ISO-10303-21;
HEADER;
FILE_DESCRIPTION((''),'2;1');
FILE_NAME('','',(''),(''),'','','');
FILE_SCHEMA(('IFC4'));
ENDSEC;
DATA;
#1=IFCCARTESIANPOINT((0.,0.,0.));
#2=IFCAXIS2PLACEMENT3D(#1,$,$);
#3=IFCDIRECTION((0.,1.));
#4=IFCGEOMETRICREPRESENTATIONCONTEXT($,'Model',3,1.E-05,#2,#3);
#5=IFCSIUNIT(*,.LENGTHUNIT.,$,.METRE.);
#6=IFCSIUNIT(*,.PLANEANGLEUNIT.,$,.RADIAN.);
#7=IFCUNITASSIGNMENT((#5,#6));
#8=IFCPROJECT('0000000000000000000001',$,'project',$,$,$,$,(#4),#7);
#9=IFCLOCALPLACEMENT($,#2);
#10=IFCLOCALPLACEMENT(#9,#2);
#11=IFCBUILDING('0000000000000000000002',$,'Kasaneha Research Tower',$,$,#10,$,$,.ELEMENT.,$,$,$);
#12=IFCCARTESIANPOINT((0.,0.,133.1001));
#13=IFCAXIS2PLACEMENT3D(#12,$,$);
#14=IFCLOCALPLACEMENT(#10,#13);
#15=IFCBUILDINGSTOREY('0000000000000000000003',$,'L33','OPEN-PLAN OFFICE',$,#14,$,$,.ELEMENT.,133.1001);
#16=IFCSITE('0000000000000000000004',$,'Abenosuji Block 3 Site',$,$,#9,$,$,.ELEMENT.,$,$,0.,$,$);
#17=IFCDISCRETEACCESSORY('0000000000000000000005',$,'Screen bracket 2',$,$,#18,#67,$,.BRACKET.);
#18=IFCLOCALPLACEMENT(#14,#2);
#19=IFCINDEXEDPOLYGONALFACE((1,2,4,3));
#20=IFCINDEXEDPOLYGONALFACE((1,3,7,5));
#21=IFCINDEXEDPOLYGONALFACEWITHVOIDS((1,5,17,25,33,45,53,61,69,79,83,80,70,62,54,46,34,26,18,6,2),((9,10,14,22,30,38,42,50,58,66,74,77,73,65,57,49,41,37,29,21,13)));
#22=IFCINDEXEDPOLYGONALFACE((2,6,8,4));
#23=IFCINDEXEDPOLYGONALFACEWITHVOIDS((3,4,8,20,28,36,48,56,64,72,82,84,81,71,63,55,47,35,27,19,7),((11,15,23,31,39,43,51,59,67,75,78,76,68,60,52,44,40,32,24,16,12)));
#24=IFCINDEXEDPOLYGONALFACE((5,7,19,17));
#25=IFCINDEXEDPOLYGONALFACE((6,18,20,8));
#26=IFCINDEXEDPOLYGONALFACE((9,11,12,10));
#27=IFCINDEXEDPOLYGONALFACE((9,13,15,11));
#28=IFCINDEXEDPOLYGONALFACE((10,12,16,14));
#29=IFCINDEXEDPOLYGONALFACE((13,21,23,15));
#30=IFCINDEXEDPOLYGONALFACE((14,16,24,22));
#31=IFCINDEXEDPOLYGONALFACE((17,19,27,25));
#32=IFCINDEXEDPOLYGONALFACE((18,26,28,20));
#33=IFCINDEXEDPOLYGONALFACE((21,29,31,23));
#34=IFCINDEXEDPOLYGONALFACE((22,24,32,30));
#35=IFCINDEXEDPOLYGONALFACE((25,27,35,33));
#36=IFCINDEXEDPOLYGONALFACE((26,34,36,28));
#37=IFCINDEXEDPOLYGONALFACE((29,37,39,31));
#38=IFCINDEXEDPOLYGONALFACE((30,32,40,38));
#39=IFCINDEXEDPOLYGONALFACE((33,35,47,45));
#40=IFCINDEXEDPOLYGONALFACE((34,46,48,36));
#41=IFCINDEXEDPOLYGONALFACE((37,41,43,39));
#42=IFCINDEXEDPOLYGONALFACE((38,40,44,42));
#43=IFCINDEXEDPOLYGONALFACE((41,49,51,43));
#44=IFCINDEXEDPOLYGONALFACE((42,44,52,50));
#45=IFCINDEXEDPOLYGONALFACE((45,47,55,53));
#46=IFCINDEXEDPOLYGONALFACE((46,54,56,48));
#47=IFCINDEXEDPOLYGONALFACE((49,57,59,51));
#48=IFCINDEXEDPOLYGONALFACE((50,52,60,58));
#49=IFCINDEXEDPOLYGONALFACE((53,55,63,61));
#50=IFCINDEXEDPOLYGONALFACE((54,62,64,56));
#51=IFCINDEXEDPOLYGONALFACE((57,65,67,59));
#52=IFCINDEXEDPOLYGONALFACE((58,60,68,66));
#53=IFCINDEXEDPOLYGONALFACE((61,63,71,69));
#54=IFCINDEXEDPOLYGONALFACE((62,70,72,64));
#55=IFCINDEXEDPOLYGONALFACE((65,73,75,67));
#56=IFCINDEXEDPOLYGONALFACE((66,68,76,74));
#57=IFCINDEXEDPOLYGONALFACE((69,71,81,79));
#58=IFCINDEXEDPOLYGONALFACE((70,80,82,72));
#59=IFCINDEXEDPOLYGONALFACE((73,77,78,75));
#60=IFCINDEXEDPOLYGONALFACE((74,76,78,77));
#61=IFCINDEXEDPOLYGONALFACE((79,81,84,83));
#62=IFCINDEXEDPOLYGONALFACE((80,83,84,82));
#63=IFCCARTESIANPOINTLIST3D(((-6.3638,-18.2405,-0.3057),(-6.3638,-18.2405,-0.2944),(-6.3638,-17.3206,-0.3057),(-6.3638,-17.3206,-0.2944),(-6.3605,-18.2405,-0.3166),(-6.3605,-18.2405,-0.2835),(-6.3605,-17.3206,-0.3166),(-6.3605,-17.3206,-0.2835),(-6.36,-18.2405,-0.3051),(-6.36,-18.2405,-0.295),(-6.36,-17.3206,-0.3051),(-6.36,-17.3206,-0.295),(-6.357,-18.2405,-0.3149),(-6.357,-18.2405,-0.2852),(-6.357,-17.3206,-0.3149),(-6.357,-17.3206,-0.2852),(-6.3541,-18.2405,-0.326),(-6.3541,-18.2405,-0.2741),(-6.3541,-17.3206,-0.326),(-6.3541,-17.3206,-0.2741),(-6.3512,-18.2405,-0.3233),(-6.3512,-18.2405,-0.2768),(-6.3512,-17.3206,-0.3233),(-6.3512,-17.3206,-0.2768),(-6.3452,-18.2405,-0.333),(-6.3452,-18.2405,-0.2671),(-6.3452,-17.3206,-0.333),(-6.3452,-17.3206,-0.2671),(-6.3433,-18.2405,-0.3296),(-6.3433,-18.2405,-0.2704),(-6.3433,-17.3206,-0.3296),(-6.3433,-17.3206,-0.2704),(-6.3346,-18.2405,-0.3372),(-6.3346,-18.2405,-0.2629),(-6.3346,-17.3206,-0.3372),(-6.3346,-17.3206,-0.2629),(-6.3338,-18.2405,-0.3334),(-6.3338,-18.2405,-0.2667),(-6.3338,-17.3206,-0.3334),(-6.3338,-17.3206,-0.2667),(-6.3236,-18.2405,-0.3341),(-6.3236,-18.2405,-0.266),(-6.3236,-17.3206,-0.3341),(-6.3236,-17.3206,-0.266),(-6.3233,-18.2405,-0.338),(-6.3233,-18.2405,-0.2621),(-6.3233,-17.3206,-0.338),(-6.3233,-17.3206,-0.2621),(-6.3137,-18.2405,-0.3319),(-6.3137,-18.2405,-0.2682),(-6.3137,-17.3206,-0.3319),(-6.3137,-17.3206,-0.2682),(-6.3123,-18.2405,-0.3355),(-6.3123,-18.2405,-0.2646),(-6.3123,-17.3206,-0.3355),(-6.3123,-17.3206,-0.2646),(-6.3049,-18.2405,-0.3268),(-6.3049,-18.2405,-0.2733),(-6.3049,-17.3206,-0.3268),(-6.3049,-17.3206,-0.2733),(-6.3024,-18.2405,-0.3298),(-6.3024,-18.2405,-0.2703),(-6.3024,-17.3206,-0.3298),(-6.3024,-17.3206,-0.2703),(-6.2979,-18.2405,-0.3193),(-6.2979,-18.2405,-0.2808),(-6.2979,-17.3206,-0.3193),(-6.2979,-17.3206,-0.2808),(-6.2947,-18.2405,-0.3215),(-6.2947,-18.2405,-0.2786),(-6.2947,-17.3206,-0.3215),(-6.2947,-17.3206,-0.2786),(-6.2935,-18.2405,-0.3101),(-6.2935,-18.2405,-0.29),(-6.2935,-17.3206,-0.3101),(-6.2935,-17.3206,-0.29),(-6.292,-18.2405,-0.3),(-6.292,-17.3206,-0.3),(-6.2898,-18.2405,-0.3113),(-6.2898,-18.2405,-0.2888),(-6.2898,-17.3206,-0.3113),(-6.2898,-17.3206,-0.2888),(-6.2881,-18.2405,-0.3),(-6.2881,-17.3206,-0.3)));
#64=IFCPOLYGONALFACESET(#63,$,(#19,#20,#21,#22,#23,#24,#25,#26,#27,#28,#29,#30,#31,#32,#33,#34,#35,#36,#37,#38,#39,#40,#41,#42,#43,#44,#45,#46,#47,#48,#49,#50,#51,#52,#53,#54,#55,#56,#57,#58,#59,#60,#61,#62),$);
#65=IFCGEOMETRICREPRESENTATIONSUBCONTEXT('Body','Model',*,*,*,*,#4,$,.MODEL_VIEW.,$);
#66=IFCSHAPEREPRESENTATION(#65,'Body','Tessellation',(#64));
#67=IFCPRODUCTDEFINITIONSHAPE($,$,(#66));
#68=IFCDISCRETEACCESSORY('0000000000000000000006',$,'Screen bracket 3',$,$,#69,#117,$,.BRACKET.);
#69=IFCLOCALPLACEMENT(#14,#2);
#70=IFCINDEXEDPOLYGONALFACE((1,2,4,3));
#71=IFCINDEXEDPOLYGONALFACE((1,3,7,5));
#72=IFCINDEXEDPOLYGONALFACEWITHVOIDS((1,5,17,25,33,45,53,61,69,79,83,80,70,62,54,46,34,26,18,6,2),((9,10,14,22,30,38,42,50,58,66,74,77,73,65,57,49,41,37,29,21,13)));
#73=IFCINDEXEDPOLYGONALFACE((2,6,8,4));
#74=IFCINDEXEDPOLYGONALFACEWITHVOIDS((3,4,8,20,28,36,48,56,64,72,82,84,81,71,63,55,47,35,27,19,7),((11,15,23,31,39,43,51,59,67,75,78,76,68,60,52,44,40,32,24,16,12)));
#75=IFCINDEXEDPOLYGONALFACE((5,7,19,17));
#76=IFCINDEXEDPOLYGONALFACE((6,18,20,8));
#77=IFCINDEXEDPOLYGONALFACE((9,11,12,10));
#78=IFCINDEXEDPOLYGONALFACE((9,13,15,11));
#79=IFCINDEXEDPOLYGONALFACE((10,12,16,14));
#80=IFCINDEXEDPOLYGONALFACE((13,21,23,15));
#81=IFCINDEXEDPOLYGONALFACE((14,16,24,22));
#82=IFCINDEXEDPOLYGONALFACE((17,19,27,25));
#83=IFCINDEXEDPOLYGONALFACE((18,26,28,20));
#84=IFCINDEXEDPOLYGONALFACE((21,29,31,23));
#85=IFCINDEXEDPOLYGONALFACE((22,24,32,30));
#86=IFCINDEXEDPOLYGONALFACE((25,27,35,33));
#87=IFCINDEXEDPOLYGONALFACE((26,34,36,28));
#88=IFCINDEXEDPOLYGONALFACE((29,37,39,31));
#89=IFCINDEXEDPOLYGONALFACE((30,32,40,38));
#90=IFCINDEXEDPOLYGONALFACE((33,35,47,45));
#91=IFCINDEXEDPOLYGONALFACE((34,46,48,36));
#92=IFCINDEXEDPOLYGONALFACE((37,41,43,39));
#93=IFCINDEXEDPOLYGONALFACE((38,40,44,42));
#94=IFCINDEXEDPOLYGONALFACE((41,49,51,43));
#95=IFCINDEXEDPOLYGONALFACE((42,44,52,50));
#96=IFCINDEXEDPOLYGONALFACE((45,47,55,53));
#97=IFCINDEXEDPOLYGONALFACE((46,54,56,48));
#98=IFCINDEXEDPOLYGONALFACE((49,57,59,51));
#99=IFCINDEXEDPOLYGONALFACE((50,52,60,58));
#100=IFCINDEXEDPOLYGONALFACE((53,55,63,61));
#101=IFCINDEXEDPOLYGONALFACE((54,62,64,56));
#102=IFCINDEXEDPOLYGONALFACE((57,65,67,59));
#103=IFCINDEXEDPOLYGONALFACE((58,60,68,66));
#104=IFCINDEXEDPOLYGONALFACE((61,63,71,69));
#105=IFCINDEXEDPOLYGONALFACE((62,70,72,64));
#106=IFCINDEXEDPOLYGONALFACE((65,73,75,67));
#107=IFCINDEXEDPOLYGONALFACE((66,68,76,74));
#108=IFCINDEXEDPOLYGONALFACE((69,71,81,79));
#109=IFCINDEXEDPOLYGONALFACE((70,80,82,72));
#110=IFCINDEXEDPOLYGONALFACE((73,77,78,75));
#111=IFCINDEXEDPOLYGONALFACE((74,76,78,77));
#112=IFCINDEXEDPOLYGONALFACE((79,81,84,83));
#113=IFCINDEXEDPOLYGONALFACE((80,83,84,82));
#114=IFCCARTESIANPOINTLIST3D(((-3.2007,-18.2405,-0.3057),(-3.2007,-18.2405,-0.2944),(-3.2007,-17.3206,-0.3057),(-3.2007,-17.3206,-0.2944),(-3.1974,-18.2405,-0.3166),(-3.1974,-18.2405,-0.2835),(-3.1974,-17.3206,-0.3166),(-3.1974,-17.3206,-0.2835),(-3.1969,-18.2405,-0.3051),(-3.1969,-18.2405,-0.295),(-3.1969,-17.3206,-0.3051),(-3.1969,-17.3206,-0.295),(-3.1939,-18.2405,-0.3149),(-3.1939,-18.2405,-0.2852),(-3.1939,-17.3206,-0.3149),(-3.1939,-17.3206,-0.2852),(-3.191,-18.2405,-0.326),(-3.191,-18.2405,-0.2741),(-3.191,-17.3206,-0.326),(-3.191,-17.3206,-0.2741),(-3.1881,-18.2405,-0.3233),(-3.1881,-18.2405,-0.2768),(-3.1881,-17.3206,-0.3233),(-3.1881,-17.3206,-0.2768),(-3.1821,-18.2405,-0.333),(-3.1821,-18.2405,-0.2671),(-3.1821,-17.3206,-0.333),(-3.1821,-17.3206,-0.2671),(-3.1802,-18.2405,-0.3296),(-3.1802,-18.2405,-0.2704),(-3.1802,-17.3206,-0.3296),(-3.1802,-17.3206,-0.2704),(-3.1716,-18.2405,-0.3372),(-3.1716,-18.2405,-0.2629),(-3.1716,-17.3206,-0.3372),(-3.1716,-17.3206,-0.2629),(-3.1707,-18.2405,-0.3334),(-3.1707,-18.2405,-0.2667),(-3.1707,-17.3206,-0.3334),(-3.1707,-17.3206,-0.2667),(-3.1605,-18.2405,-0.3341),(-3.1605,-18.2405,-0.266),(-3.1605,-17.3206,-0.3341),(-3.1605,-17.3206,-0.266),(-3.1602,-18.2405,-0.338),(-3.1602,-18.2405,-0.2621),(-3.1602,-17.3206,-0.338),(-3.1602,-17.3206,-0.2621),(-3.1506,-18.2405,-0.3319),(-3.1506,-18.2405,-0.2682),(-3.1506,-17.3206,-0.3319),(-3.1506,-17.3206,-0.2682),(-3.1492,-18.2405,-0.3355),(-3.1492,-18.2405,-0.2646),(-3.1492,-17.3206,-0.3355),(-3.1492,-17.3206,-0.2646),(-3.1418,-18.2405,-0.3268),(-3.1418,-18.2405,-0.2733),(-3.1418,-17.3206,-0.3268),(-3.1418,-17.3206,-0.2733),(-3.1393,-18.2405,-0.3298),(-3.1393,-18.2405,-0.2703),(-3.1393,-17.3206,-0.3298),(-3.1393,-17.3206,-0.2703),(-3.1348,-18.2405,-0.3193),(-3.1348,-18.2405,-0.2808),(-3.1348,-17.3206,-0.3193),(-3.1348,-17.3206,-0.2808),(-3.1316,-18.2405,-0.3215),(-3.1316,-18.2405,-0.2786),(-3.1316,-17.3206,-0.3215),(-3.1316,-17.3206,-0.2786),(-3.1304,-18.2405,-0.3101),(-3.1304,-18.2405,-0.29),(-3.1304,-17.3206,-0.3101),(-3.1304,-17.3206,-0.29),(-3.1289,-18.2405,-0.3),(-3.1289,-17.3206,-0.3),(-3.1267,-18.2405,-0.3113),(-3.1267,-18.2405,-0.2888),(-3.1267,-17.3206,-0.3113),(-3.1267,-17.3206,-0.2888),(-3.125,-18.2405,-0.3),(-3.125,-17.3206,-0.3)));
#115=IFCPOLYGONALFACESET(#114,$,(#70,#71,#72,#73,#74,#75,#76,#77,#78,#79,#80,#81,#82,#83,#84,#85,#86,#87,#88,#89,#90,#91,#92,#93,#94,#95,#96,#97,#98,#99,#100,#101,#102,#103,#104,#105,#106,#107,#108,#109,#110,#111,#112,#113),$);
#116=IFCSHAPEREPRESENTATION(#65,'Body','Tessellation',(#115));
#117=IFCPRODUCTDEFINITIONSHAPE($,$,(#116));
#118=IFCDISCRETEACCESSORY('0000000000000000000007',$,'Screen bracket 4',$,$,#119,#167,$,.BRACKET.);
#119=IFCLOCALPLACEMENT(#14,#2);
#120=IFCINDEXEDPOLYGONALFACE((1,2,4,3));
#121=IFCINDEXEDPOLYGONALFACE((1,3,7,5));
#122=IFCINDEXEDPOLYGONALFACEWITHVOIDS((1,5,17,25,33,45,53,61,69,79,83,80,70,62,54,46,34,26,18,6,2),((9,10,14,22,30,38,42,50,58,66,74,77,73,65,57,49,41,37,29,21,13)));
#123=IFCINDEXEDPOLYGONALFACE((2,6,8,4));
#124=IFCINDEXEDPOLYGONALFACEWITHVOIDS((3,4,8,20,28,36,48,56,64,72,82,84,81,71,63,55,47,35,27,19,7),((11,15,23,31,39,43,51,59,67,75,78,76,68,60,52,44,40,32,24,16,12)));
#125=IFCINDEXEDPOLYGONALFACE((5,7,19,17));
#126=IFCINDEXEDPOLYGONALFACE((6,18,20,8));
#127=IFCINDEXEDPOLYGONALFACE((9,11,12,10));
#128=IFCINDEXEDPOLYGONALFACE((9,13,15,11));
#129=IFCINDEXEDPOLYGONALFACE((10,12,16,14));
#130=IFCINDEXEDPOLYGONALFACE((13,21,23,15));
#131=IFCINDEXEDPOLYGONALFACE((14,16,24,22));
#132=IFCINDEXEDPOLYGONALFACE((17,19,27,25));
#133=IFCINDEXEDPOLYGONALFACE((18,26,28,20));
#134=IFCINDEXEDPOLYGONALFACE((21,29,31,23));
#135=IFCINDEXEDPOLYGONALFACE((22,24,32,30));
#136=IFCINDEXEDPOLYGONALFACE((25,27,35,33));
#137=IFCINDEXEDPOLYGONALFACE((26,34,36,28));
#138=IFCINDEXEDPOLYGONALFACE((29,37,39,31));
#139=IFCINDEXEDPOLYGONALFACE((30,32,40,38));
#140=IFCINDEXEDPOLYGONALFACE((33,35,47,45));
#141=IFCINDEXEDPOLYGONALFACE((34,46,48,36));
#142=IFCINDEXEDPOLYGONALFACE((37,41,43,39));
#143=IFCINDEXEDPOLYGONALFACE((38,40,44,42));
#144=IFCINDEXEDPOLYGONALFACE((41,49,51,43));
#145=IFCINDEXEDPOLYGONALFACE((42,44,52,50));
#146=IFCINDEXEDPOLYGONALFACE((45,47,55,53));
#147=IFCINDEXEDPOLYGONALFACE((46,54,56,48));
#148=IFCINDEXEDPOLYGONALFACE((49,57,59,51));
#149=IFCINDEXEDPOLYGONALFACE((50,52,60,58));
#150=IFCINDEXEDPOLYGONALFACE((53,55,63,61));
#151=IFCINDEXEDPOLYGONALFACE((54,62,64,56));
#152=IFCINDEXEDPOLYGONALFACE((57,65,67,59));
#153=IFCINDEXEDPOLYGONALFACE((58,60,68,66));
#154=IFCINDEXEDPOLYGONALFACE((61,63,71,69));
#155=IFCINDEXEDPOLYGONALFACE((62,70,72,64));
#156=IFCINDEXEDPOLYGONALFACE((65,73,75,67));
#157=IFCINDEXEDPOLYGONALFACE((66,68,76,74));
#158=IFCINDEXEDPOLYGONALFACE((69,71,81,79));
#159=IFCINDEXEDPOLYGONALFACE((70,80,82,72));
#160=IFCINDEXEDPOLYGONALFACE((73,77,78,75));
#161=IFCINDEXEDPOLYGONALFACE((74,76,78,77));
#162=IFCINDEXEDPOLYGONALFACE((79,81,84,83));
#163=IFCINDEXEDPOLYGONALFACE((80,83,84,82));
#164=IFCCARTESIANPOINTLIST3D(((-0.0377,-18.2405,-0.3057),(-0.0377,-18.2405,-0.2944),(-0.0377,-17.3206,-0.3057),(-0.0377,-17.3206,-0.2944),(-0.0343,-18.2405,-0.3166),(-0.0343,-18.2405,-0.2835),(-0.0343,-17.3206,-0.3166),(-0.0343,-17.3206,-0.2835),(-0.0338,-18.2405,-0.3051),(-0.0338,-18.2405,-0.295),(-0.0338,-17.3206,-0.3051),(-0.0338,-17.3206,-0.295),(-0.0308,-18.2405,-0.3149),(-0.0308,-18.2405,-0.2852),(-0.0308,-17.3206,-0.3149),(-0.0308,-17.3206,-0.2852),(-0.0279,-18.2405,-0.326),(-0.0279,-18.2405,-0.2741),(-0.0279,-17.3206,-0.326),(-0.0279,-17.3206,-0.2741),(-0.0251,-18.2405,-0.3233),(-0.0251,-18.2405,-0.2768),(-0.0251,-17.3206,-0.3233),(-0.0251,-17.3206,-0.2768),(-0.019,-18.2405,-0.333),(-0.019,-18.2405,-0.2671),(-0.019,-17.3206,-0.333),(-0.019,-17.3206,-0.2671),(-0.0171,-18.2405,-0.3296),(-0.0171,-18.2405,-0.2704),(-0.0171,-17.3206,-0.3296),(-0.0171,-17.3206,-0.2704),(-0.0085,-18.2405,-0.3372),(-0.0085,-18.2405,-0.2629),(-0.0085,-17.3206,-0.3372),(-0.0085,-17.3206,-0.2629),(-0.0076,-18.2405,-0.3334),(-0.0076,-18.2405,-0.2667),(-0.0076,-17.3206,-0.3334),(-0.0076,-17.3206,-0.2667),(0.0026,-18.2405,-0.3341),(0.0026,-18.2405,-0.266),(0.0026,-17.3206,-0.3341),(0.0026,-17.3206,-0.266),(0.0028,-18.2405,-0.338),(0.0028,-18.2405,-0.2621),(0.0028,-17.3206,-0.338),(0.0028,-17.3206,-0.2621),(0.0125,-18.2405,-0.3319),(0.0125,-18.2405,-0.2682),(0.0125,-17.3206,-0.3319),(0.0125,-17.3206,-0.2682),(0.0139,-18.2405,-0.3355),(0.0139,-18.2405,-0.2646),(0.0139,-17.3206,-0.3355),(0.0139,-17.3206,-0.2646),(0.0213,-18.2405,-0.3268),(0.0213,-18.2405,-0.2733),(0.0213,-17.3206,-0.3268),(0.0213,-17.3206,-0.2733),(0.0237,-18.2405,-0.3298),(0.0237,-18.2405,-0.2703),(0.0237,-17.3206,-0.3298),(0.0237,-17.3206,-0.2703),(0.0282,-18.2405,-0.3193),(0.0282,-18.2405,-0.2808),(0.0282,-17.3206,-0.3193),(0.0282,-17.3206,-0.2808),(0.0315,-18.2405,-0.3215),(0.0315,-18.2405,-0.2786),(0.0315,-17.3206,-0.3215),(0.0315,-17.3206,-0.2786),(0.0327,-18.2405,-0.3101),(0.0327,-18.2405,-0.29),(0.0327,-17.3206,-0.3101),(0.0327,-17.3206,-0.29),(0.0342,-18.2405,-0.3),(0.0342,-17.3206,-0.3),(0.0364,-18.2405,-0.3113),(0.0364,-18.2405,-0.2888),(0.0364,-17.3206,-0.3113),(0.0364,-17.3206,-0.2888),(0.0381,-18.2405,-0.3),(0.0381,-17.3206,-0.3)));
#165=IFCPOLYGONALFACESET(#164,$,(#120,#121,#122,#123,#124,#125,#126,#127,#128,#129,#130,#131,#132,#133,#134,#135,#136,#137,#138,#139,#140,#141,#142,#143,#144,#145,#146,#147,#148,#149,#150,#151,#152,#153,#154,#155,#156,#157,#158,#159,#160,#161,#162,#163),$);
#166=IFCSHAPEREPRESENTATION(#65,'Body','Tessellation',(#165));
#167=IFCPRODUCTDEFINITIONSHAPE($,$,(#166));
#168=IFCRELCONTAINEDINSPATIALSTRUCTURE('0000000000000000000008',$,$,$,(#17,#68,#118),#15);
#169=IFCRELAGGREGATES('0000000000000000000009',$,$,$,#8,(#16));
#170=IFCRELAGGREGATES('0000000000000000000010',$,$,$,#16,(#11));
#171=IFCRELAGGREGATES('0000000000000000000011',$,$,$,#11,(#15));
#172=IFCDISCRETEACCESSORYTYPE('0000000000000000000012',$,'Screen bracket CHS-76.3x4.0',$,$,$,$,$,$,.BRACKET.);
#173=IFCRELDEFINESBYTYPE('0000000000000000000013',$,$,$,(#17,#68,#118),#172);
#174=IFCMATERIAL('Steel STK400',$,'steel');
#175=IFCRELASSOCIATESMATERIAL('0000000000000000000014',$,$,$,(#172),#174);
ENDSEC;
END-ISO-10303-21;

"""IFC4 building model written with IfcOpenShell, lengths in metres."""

from ifc_helpers import new_model, si_unit, direction, frame, origin, origin_2d, place, context, subcontext, project, spatial, hollow_circle, extrude, material, material_profile, profile_set, type_object, element, save


model = new_model("IFC4")

# Units and contexts
model_context = context("Model", 3, precision=1e-05, world=origin(), true_north=direction((0.0, 1.0)))
body_context = subcontext(model_context, "Body", "Model", "MODEL_VIEW")
ifc_project = project(units=[si_unit("LENGTHUNIT", "METRE"), si_unit("PLANEANGLEUNIT", "RADIAN")], contexts=[model_context])

# Site, building, storey
site_placement = place(None, origin())
site = spatial("IfcSite", under=ifc_project, at=site_placement, Name="Abenosuji Block 3 Site", CompositionType="ELEMENT", RefElevation=0.0)
building_placement = place(site_placement, origin())
building = spatial("IfcBuilding", under=site, at=building_placement, Name="Kasaneha Research Tower", CompositionType="ELEMENT")
storey_placement = place(building_placement, frame((0.0, 0.0, 133.1001)))
storey = spatial("IfcBuildingStorey", under=building, at=storey_placement, Name="L33", Description="OPEN-PLAN OFFICE", CompositionType="ELEMENT", Elevation=133.1001)

# Discrete accessories
ifc_material_1 = material(Name="Steel STK400", Category="steel")
ifc_material_profile_1 = material_profile(ifc_material_1, hollow_circle(Radius=0.0381, WallThickness=0.0039, at=origin_2d()), Name="CHS-76.3x4.0")
ifc_profile_set_1 = profile_set([ifc_material_profile_1], Name="Steel STK400")
discrete_accessory_type = type_object("IfcDiscreteAccessoryType", Name="Screen bracket CHS-76.3x4.0", PredefinedType="BRACKET", material=ifc_profile_set_1)
for number, where, z_axis, x_axis, name in (
    (1, (-6.3262, -17.3206, -0.3), (0.0, -1.0, 0.0), (1.0, 0.0, 0.0), "Screen bracket 2"),
    (2, (-3.1631, -17.3206, -0.3), (0.0, -1.0, 0.0), (1.0, 0.0, 0.0), "Screen bracket 3"),
    (3, (0.0, -17.3206, -0.3), (0.0, -1.0, 0.0), (1.0, 0.0, 0.0), "Screen bracket 4"),
):
    element("IfcDiscreteAccessory", number, at=place(storey_placement, frame(where, z_axis=z_axis, x_axis=x_axis)), inside=storey, type_object=discrete_accessory_type, Name=name, PredefinedType="BRACKET", context=body_context, shape_type="SweptSolid", body=[
        extrude(hollow_circle(Radius=0.0381, WallThickness=0.0039, at=origin_2d()), origin(), (0.0, 0.0, 1.0), 0.9199),
    ])

save(model, "model.ifc")
